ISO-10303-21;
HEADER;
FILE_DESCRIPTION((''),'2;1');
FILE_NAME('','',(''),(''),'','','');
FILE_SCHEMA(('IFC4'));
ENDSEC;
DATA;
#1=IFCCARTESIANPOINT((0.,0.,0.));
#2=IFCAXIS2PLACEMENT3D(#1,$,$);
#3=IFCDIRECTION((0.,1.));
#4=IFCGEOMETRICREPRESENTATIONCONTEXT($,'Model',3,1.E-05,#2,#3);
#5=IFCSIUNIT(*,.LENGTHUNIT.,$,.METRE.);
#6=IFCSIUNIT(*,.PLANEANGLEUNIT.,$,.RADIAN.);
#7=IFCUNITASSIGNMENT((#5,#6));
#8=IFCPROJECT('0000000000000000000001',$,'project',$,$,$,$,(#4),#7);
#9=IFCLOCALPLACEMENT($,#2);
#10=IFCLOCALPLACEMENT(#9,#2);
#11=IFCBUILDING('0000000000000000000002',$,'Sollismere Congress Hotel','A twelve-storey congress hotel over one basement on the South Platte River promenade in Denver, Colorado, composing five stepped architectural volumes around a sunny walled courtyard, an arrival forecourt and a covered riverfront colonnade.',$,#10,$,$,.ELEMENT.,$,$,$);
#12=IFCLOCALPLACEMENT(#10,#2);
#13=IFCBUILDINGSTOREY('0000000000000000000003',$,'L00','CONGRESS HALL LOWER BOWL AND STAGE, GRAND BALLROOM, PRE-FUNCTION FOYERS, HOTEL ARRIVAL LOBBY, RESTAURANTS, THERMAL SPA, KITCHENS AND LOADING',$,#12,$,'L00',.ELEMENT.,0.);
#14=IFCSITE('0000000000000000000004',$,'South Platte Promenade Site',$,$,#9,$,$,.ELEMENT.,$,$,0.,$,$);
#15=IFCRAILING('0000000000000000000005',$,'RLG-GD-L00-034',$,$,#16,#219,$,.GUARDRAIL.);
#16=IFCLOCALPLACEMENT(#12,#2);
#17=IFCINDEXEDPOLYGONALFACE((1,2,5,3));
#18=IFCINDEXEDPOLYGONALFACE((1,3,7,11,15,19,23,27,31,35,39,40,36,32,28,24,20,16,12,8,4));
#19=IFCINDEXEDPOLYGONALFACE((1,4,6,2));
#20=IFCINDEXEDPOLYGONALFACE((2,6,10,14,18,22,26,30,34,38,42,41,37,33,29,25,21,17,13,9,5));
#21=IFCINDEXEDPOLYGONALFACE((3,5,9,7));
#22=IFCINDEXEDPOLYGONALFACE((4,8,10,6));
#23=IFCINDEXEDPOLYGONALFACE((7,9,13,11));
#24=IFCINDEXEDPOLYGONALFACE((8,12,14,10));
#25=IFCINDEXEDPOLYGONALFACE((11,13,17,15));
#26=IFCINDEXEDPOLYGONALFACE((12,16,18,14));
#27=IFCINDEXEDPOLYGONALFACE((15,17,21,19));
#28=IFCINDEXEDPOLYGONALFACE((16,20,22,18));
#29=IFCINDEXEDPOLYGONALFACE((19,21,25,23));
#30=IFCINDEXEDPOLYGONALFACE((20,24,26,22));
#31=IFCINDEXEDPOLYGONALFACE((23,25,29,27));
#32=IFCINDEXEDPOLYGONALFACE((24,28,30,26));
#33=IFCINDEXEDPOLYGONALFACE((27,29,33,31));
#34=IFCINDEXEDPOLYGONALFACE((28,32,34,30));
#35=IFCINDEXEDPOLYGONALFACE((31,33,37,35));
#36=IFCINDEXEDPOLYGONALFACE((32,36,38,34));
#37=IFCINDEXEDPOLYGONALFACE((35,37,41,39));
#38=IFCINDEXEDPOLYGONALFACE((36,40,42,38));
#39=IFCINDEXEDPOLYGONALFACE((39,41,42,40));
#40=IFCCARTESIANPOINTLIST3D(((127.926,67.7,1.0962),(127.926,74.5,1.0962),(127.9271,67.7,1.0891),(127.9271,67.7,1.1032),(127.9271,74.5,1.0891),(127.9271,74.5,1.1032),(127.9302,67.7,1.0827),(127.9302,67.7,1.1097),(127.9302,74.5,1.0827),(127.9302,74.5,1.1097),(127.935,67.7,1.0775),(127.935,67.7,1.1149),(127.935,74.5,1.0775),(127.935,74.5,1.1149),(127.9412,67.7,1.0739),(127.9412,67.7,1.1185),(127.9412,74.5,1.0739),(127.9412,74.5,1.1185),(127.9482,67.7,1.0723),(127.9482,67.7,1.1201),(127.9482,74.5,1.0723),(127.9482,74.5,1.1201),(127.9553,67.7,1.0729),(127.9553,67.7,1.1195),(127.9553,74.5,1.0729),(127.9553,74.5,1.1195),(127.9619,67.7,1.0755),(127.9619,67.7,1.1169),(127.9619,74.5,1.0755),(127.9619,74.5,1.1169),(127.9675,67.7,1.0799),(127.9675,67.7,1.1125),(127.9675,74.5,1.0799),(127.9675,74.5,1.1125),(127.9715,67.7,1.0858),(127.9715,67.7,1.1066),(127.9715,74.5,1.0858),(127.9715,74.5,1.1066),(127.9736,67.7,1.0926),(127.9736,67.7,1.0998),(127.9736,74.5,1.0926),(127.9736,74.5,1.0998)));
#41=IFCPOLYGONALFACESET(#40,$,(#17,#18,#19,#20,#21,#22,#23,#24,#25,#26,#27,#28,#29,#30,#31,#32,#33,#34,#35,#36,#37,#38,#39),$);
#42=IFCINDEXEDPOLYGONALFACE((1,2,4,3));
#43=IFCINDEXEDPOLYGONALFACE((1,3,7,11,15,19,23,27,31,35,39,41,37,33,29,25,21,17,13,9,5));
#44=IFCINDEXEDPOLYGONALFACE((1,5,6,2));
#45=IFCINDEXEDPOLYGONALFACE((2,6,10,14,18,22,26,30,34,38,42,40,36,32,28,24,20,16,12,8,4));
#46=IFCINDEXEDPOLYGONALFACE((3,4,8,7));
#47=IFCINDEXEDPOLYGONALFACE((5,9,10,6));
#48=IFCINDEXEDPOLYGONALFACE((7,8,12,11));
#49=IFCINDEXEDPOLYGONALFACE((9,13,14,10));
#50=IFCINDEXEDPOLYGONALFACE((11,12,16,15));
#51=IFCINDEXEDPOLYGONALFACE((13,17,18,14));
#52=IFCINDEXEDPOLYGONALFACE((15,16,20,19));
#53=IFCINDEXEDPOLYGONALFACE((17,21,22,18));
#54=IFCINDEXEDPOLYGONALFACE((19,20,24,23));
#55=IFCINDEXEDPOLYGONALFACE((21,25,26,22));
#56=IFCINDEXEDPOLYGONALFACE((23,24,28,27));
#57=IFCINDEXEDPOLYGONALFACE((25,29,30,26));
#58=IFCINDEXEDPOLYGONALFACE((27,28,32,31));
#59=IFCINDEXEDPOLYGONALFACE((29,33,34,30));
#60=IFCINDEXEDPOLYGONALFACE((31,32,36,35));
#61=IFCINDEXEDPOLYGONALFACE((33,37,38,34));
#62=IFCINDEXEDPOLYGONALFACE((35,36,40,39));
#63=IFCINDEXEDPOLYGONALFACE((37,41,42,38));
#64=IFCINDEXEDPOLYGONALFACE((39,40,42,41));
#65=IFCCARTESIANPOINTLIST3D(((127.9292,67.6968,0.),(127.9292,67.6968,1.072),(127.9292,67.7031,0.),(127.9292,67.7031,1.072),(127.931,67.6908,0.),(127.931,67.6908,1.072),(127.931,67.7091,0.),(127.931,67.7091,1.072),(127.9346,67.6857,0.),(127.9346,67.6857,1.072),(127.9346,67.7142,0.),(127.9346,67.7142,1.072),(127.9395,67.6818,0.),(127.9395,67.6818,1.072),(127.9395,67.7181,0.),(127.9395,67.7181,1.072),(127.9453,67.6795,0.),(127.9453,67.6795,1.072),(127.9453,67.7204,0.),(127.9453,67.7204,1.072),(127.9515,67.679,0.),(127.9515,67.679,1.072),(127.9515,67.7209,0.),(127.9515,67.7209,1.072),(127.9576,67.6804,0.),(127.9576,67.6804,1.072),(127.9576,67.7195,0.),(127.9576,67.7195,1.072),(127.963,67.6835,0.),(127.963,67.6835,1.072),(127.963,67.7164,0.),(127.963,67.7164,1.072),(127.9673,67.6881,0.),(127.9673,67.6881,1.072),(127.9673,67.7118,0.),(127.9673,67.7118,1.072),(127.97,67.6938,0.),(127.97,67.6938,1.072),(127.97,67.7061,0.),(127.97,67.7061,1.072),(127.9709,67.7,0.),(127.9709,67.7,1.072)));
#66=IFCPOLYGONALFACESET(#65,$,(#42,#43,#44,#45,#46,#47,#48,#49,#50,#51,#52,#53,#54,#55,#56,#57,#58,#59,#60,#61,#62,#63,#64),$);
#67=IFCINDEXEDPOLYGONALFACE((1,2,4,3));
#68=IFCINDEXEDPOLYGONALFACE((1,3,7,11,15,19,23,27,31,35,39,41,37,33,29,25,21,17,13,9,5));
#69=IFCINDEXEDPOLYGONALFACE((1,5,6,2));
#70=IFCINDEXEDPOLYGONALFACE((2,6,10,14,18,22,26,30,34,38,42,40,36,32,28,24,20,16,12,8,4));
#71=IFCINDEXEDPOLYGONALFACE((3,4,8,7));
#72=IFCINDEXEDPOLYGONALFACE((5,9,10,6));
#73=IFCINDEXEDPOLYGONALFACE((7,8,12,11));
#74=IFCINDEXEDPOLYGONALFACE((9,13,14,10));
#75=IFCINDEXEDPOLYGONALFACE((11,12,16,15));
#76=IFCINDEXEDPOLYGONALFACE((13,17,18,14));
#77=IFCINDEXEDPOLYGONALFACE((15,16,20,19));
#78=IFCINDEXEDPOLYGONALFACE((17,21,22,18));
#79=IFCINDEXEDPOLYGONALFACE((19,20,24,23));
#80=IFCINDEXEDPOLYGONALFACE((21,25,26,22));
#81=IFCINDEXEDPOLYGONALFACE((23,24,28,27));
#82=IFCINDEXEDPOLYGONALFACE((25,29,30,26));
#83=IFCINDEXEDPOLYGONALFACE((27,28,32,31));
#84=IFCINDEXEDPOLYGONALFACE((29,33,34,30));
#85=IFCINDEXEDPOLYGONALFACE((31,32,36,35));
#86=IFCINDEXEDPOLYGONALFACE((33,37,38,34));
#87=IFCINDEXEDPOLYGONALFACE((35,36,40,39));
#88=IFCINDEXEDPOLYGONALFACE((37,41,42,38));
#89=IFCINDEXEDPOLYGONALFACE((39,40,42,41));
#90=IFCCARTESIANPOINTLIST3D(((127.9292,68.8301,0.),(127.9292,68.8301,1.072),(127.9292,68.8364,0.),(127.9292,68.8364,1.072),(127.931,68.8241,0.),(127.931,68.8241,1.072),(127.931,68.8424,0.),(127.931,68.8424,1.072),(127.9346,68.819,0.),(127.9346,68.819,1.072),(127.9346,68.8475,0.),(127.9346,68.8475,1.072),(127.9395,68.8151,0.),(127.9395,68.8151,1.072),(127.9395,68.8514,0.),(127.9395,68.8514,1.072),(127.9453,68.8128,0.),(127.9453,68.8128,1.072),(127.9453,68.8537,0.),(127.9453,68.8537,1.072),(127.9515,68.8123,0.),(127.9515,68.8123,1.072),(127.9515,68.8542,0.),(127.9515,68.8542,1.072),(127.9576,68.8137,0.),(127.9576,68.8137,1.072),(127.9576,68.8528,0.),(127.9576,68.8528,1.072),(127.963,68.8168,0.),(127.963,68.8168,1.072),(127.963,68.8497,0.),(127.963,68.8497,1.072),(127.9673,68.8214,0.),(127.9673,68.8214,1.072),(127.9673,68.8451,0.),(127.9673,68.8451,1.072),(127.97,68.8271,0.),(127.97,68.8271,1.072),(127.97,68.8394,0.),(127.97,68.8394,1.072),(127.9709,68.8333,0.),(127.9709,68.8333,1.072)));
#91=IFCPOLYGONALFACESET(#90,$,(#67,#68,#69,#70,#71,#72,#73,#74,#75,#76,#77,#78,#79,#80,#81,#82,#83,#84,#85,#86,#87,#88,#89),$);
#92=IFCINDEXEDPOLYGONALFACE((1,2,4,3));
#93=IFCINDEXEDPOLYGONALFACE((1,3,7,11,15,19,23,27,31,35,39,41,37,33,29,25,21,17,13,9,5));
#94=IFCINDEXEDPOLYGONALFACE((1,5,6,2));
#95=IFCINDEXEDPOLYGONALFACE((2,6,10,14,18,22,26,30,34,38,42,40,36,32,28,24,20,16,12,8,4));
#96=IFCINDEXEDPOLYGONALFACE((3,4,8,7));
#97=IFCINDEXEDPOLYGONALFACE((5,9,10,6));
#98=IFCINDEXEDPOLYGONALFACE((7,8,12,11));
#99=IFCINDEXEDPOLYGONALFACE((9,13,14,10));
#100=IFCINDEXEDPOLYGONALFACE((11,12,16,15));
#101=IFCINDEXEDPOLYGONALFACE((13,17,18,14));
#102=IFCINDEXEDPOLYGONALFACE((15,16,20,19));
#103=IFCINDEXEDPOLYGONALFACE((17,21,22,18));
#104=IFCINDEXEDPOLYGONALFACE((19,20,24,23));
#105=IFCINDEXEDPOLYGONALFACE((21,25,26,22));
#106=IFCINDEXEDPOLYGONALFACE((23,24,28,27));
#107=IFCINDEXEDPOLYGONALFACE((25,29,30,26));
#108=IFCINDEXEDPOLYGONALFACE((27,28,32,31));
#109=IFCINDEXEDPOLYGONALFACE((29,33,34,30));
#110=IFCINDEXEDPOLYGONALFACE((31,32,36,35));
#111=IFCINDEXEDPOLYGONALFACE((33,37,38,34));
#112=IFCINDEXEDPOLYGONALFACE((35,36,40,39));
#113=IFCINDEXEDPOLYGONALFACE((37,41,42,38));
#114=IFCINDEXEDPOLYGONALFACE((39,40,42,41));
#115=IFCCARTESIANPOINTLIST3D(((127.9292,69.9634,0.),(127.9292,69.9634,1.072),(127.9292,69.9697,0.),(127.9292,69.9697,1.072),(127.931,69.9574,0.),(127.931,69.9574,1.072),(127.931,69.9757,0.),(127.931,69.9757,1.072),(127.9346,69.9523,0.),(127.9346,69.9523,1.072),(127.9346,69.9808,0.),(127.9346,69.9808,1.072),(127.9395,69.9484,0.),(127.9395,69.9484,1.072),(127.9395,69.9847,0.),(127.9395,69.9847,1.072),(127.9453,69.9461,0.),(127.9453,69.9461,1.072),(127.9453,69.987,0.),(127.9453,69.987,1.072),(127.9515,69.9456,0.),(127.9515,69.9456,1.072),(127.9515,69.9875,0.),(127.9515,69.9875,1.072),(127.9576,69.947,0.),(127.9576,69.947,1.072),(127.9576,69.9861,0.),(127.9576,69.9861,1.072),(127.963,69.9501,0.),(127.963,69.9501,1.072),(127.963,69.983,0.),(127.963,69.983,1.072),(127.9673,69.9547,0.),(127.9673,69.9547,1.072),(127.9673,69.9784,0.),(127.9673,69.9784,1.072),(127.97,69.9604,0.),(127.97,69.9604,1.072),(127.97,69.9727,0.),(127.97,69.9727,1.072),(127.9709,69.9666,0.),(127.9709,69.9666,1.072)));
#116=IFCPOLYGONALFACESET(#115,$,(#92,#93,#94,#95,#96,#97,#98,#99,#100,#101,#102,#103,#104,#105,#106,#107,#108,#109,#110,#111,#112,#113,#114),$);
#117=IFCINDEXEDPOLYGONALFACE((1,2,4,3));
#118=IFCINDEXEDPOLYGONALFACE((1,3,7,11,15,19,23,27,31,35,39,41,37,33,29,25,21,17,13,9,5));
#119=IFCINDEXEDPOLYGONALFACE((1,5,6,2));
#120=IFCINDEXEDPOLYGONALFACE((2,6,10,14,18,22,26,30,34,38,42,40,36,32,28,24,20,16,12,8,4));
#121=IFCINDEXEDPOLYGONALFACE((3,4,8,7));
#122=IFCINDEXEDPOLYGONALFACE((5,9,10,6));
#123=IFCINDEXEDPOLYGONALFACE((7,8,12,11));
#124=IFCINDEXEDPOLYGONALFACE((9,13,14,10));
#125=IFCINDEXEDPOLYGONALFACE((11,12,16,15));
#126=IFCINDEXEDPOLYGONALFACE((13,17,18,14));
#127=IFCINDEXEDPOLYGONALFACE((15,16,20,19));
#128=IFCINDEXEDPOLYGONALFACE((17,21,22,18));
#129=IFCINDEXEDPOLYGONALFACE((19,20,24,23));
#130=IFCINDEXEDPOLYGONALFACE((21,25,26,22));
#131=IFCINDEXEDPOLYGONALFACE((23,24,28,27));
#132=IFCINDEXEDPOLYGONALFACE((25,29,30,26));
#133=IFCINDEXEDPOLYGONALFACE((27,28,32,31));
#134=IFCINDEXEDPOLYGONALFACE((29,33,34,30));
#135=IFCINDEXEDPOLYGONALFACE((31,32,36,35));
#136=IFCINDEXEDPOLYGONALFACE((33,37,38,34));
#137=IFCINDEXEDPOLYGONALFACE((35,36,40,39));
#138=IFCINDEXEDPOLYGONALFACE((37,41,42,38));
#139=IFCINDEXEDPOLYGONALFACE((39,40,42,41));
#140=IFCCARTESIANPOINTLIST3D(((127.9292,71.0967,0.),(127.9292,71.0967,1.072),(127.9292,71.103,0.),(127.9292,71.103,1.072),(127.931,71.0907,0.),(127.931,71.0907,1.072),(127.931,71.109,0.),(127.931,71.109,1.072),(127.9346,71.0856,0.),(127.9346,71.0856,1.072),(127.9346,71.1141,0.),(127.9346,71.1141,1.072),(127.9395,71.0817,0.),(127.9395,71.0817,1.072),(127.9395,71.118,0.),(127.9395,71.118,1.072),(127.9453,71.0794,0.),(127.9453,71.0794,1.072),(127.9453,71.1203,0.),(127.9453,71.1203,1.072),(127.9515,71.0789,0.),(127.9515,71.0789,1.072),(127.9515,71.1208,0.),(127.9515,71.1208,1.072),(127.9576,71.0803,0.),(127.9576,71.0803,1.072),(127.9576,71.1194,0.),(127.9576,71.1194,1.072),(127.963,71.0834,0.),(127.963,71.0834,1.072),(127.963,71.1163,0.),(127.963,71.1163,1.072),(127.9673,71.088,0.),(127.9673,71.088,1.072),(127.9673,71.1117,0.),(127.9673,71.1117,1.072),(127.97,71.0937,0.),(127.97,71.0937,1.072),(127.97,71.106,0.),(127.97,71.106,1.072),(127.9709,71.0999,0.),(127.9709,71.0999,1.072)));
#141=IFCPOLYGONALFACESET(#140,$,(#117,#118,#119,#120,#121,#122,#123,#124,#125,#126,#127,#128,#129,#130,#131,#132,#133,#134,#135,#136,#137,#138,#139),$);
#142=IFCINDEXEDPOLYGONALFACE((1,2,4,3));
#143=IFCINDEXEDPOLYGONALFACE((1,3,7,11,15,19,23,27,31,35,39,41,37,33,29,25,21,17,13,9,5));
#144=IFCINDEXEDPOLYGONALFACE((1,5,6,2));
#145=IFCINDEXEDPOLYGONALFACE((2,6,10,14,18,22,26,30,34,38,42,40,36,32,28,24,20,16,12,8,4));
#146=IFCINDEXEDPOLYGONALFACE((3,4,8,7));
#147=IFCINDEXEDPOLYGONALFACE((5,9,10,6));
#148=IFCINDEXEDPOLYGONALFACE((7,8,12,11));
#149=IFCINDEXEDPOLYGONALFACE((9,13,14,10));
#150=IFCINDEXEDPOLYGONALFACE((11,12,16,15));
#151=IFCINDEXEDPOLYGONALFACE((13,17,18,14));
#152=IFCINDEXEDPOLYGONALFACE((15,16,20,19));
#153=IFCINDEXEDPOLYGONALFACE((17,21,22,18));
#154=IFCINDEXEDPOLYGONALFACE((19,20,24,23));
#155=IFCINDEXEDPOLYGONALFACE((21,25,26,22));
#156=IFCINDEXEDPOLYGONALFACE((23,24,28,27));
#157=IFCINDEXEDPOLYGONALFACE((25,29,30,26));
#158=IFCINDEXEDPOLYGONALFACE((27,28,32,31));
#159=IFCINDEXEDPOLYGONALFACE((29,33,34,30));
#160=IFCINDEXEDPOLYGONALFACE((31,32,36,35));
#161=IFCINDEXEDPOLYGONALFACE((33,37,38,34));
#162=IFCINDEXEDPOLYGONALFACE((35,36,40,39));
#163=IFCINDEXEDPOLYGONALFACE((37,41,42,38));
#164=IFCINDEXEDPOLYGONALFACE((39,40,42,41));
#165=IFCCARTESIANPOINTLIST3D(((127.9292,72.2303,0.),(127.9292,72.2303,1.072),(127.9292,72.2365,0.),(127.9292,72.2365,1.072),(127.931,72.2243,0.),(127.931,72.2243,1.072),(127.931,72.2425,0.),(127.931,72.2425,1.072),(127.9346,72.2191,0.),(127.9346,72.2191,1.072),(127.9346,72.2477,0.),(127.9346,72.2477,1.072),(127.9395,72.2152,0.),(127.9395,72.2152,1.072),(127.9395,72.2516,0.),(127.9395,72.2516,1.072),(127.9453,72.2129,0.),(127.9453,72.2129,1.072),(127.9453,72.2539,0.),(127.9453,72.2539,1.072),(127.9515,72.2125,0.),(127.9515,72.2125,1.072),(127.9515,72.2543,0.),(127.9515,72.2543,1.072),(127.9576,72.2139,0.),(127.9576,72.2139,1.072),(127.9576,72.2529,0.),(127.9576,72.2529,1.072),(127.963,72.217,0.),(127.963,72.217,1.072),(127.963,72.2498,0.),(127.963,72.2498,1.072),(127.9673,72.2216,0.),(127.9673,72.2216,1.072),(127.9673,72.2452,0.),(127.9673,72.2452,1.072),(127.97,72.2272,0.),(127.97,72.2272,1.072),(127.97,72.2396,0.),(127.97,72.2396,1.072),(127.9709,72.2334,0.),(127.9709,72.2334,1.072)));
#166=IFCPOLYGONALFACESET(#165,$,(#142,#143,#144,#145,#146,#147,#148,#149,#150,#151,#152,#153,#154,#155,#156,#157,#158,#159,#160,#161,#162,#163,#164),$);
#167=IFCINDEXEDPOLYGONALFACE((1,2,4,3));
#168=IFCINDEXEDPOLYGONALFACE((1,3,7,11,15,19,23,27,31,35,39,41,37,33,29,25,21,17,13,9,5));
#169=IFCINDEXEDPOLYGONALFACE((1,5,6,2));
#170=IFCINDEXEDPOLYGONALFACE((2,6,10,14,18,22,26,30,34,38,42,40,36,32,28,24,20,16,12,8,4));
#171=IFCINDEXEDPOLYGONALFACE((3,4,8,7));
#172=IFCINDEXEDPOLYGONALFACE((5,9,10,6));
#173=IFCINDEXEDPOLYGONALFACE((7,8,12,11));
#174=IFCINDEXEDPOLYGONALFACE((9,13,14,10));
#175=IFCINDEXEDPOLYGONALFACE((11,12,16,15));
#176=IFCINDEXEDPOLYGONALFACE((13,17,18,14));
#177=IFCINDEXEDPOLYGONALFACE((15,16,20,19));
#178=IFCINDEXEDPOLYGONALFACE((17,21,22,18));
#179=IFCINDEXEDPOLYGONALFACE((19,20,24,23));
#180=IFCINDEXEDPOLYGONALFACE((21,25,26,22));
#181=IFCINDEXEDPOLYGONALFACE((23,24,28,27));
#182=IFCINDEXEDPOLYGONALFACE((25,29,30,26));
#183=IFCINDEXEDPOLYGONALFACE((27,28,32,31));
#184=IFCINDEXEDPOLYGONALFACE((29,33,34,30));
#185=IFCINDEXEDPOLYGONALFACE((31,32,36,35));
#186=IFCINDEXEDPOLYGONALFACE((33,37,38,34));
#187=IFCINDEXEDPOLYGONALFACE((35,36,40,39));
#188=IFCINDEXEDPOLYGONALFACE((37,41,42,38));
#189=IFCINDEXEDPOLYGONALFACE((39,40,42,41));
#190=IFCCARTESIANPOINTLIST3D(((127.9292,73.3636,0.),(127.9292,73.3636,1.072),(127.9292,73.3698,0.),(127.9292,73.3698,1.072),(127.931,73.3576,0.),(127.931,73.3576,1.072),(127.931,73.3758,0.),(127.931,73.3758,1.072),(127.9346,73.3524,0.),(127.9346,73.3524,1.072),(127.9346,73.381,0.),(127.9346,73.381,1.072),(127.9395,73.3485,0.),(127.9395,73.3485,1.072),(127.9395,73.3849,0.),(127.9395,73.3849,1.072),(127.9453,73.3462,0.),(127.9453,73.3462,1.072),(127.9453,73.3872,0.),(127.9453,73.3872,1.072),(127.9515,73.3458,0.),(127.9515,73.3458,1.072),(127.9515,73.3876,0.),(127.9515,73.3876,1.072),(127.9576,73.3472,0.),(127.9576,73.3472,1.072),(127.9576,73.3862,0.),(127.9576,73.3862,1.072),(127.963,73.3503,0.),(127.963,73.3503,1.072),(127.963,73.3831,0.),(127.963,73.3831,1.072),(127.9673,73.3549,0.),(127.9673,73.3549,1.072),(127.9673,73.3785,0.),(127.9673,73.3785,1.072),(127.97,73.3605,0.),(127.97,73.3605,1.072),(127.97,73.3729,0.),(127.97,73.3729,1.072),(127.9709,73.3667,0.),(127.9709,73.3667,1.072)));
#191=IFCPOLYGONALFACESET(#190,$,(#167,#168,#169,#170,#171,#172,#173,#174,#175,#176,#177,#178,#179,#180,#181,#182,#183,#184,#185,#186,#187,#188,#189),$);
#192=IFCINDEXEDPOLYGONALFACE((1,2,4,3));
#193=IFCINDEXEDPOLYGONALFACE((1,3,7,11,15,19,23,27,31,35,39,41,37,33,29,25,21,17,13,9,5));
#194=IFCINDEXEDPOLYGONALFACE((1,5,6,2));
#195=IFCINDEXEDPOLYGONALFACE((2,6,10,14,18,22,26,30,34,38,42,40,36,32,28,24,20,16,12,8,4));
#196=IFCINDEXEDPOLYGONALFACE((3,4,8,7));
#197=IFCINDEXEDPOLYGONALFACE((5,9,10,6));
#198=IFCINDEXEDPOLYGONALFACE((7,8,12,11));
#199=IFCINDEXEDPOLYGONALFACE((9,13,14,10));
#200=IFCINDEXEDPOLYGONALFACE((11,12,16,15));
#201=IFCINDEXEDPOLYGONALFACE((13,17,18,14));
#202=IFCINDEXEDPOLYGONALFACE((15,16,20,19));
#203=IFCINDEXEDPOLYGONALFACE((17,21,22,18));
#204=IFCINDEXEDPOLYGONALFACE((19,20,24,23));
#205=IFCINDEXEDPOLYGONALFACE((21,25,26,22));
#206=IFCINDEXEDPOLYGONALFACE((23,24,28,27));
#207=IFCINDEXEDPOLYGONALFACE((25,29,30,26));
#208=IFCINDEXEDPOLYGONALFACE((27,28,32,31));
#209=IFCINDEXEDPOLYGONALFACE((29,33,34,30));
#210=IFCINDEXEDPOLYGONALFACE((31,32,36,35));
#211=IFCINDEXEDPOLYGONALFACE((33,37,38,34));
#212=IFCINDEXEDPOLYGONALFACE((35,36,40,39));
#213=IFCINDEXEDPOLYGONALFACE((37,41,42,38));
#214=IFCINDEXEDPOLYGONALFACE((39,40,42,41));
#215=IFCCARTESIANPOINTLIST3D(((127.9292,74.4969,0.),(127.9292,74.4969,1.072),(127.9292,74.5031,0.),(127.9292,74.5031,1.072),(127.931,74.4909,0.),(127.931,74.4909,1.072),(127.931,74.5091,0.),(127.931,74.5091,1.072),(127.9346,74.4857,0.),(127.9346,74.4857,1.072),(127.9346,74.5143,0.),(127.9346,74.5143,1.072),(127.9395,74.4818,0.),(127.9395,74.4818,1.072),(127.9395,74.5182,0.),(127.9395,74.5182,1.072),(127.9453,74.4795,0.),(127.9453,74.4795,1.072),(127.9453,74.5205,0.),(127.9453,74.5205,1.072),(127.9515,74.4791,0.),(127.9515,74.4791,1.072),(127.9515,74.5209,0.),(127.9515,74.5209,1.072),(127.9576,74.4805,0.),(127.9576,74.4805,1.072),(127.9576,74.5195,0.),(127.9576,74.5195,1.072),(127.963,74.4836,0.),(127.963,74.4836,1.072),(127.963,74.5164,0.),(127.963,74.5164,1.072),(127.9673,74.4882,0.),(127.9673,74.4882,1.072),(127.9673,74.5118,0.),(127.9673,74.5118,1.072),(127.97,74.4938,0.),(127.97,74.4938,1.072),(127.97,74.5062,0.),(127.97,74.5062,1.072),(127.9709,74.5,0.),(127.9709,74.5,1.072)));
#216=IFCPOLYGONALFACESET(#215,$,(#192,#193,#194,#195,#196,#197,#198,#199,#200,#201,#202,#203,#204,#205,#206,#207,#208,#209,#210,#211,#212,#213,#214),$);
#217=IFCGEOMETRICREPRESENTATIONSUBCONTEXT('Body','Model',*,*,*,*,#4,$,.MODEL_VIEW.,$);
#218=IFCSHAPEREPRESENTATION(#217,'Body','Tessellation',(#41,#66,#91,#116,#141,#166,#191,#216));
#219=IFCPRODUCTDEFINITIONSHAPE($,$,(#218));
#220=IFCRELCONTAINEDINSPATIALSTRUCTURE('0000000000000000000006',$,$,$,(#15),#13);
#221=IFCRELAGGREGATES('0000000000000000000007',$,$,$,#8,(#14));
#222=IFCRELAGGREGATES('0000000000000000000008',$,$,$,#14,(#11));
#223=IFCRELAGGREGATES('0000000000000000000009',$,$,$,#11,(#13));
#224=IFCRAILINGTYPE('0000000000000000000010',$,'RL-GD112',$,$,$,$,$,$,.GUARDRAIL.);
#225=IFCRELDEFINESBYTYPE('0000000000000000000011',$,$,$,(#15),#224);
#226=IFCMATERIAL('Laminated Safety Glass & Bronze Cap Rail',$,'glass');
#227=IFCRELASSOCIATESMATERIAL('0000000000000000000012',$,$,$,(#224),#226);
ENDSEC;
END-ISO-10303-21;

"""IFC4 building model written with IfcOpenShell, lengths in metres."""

from ifc_helpers import new_model, si_unit, direction, frame, origin, origin_2d, place, context, subcontext, project, spatial, circle, extrude, material, type_object, element, save


model = new_model("IFC4")

# Units and contexts
model_context = context("Model", 3, precision=1e-05, world=origin(), true_north=direction((0.0, 1.0)))
body_context = subcontext(model_context, "Body", "Model", "MODEL_VIEW")
ifc_project = project(units=[si_unit("LENGTHUNIT", "METRE"), si_unit("PLANEANGLEUNIT", "RADIAN")], contexts=[model_context])

# Site, building, storey
site_placement = place(None, origin())
site = spatial("IfcSite", under=ifc_project, at=site_placement, Name="South Platte Promenade Site", CompositionType="ELEMENT", RefElevation=0.0)
building_placement = place(site_placement, origin())
building = spatial("IfcBuilding", under=site, at=building_placement, Name="Sollismere Congress Hotel", Description="A twelve-storey congress hotel over one basement on the South Platte River promenade in Denver, Colorado, composing five stepped architectural volumes around a sunny walled courtyard, an arrival forecourt and a covered riverfront colonnade.", CompositionType="ELEMENT")
storey_placement = place(building_placement, origin())
storey = spatial("IfcBuildingStorey", under=building, at=storey_placement, Name="L00", Description="CONGRESS HALL LOWER BOWL AND STAGE, GRAND BALLROOM, PRE-FUNCTION FOYERS, HOTEL ARRIVAL LOBBY, RESTAURANTS, THERMAL SPA, KITCHENS AND LOADING", LongName="L00", CompositionType="ELEMENT", Elevation=0.0)

# Railing
ifc_material_1 = material(Name="Laminated Safety Glass & Bronze Cap Rail", Category="glass")
railing_type = type_object("IfcRailingType", Name="RL-GD112", PredefinedType="GUARDRAIL", material=ifc_material_1)
railing_1_placement = place(storey_placement, frame((127.95, 67.7, 0.0)))
element("IfcRailing", 1, at=railing_1_placement, inside=storey, type_object=railing_type, Name="RLG-GD-L00-034", PredefinedType="GUARDRAIL", context=body_context, shape_type="SweptSolid", body=[
    extrude(circle(Radius=0.0239, at=origin_2d()), frame((0.0, 0.0, 1.0962), z_axis=(0.0, 1.0, 0.0), x_axis=(-1.0, 0.0, 0.0)), (0.0, 0.0, 1.0), 6.8),
    extrude(circle(Radius=0.021, at=origin_2d()), origin(), (0.0, 0.0, 1.0), 1.072),
    extrude(circle(Radius=0.021, at=origin_2d()), frame((0.0, 1.1333, 0.0)), (0.0, 0.0, 1.0), 1.072),
    extrude(circle(Radius=0.021, at=origin_2d()), frame((0.0, 2.2666, 0.0)), (0.0, 0.0, 1.0), 1.072),
    extrude(circle(Radius=0.021, at=origin_2d()), frame((0.0, 3.3999, 0.0)), (0.0, 0.0, 1.0), 1.072),
    extrude(circle(Radius=0.021, at=origin_2d()), frame((0.0, 4.5334, 0.0)), (0.0, 0.0, 1.0), 1.072),
    extrude(circle(Radius=0.021, at=origin_2d()), frame((0.0, 5.6667, 0.0)), (0.0, 0.0, 1.0), 1.072),
    extrude(circle(Radius=0.021, at=origin_2d()), frame((0.0, 6.8, 0.0)), (0.0, 0.0, 1.0), 1.072),
])

save(model, "model.ifc")
